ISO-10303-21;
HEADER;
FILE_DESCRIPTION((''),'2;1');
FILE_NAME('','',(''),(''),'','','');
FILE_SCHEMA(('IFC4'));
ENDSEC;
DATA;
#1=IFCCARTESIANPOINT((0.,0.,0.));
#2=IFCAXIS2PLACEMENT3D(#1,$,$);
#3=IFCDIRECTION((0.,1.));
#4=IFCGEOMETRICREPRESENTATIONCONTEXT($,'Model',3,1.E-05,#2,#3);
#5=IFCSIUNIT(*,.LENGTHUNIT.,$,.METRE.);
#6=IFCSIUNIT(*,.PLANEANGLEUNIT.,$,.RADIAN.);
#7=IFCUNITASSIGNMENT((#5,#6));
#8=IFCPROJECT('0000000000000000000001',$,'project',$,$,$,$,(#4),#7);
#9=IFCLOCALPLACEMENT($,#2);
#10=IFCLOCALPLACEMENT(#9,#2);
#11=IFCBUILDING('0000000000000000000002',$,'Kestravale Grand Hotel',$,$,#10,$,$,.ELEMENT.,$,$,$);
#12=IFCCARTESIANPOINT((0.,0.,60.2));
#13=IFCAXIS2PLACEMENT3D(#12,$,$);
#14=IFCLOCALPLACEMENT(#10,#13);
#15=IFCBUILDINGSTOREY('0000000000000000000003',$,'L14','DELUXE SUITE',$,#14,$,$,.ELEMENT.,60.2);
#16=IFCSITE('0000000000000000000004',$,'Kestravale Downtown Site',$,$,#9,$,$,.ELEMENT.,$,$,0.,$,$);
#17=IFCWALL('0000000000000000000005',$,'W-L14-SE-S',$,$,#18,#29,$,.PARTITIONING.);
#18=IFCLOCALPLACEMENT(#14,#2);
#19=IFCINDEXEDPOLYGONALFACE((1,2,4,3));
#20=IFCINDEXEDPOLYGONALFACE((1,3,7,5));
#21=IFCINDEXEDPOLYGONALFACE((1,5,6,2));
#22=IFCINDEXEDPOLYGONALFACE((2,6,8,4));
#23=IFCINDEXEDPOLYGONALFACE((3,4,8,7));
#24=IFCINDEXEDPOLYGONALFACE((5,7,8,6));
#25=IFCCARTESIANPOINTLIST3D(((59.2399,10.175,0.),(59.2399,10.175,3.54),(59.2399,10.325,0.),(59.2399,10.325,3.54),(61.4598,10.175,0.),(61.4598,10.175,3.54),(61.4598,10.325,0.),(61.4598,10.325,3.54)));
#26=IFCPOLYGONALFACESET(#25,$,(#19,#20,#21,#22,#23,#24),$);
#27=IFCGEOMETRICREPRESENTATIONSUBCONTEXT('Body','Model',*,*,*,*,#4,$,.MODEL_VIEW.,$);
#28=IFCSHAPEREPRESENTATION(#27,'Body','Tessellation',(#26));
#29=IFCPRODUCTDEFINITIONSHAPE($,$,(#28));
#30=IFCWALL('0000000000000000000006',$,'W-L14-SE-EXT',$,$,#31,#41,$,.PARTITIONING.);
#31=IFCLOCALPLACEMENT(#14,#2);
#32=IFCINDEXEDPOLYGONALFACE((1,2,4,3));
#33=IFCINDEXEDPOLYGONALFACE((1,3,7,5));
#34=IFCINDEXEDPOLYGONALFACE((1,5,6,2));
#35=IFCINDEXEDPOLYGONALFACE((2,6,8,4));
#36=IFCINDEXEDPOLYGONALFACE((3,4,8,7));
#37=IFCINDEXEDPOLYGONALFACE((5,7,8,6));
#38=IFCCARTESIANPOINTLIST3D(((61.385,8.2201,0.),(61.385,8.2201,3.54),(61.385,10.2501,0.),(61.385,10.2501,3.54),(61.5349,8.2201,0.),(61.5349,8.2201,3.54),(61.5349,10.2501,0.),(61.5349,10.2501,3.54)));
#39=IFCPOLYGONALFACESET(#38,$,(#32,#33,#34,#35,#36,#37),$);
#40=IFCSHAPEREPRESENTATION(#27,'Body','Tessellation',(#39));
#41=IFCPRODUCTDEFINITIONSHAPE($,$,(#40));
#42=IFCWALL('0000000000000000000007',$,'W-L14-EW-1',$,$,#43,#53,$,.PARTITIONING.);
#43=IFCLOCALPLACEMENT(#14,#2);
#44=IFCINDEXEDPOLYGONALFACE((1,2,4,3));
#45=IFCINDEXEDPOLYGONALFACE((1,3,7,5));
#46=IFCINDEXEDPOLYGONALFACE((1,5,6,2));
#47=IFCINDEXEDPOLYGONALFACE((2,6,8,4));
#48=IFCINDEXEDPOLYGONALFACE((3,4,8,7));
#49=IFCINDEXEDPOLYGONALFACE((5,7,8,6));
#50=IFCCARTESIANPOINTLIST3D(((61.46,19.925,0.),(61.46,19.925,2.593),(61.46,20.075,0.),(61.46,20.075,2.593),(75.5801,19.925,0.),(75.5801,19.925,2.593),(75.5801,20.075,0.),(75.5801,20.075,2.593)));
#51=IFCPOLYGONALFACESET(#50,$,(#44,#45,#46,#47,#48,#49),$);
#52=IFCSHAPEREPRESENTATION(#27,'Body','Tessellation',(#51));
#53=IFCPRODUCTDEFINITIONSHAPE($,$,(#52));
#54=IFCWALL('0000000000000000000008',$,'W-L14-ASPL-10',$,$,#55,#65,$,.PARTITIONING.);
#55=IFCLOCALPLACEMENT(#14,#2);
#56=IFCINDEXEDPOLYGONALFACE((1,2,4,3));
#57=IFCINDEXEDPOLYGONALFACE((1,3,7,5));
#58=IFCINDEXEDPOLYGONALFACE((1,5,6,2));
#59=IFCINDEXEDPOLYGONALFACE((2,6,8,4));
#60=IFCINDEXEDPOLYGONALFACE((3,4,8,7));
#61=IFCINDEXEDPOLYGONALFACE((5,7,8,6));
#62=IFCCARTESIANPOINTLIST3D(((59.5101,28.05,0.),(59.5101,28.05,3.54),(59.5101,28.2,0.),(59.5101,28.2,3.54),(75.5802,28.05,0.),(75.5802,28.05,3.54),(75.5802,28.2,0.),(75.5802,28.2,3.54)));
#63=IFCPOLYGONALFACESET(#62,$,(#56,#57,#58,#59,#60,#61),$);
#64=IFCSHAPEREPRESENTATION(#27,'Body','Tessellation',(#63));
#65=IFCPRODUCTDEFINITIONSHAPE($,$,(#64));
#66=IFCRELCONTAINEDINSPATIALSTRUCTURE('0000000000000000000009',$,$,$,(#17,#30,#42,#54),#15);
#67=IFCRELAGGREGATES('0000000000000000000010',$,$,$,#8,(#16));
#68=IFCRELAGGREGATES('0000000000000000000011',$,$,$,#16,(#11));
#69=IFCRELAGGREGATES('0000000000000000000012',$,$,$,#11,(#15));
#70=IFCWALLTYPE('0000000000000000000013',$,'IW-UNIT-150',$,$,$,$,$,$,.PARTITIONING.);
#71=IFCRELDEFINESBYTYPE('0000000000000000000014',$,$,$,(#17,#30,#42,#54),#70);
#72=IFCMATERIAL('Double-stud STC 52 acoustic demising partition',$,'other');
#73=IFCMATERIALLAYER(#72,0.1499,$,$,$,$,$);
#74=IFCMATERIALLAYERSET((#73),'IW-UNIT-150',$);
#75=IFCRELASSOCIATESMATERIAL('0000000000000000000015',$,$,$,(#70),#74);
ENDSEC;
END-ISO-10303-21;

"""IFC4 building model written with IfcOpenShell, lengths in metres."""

from ifc_helpers import new_model, si_unit, direction, frame, frame_2d, origin, place, context, subcontext, project, spatial, rectangle, extrude, material, layer, layer_set, type_object, element, save


model = new_model("IFC4")

# Units and contexts
model_context = context("Model", 3, precision=1e-05, world=origin(), true_north=direction((0.0, 1.0)))
body_context = subcontext(model_context, "Body", "Model", "MODEL_VIEW")
ifc_project = project(units=[si_unit("LENGTHUNIT", "METRE"), si_unit("PLANEANGLEUNIT", "RADIAN")], contexts=[model_context])

# Site, building, storey
site_placement = place(None, origin())
site = spatial("IfcSite", under=ifc_project, at=site_placement, Name="Kestravale Downtown Site", CompositionType="ELEMENT", RefElevation=0.0)
building_placement = place(site_placement, origin())
building = spatial("IfcBuilding", under=site, at=building_placement, Name="Kestravale Grand Hotel", CompositionType="ELEMENT")
storey_placement = place(building_placement, frame((0.0, 0.0, 60.2)))
storey = spatial("IfcBuildingStorey", under=building, at=storey_placement, Name="L14", Description="DELUXE SUITE", CompositionType="ELEMENT", Elevation=60.2)

# Walls
ifc_material_1 = material(Name="Double-stud STC 52 acoustic demising partition", Category="other")
ifc_layer_1 = layer(ifc_material_1, 0.1499)
ifc_layer_set_1 = layer_set([ifc_layer_1], Name="IW-UNIT-150")
wall_type_1 = type_object("IfcWallType", Name="IW-UNIT-150", PredefinedType="PARTITIONING", material=ifc_layer_set_1)
wall_1_placement = place(storey_placement, frame((59.24, 10.25, 0.0), z_axis=(0.0, 0.0, 1.0), x_axis=(1.0, 0.0, 0.0)))
element("IfcWall", 1, at=wall_1_placement, inside=storey, type_object=wall_type_1, Name="W-L14-SE-S", PredefinedType="PARTITIONING", context=body_context, shape_type="SweptSolid", body=[
    extrude(rectangle(XDim=2.22, YDim=0.1499, at=frame_2d((1.1099, 0.0))), origin(), (0.0, 0.0, 1.0), 3.54),
])
wall_2_placement = place(storey_placement, frame((61.46, 8.22, 0.0), z_axis=(0.0, 0.0, 1.0), x_axis=(0.0, 1.0, 0.0)))
element("IfcWall", 2, at=wall_2_placement, inside=storey, type_object=wall_type_1, Name="W-L14-SE-EXT", PredefinedType="PARTITIONING", context=body_context, shape_type="SweptSolid", body=[
    extrude(rectangle(XDim=2.03, YDim=0.1499, at=frame_2d((1.0151, 0.0))), origin(), (0.0, 0.0, 1.0), 3.54),
])
wall_3_placement = place(storey_placement, frame((61.46, 20.0, 0.0), z_axis=(0.0, 0.0, 1.0), x_axis=(1.0, 0.0, 0.0)))
element("IfcWall", 3, at=wall_3_placement, inside=storey, type_object=wall_type_1, Name="W-L14-EW-1", PredefinedType="PARTITIONING", context=body_context, shape_type="SweptSolid", body=[
    extrude(rectangle(XDim=14.1201, YDim=0.1499, at=frame_2d((7.0601, 0.0))), origin(), (0.0, 0.0, 1.0), 2.593),
])
wall_4_placement = place(storey_placement, frame((59.51, 28.125, 0.0), z_axis=(0.0, 0.0, 1.0), x_axis=(1.0, 0.0, 0.0)))
element("IfcWall", 4, at=wall_4_placement, inside=storey, type_object=wall_type_1, Name="W-L14-ASPL-10", PredefinedType="PARTITIONING", context=body_context, shape_type="SweptSolid", body=[
    extrude(rectangle(XDim=16.0701, YDim=0.1499, at=frame_2d((8.0352, 0.0))), origin(), (0.0, 0.0, 1.0), 3.54),
])

save(model, "model.ifc")
